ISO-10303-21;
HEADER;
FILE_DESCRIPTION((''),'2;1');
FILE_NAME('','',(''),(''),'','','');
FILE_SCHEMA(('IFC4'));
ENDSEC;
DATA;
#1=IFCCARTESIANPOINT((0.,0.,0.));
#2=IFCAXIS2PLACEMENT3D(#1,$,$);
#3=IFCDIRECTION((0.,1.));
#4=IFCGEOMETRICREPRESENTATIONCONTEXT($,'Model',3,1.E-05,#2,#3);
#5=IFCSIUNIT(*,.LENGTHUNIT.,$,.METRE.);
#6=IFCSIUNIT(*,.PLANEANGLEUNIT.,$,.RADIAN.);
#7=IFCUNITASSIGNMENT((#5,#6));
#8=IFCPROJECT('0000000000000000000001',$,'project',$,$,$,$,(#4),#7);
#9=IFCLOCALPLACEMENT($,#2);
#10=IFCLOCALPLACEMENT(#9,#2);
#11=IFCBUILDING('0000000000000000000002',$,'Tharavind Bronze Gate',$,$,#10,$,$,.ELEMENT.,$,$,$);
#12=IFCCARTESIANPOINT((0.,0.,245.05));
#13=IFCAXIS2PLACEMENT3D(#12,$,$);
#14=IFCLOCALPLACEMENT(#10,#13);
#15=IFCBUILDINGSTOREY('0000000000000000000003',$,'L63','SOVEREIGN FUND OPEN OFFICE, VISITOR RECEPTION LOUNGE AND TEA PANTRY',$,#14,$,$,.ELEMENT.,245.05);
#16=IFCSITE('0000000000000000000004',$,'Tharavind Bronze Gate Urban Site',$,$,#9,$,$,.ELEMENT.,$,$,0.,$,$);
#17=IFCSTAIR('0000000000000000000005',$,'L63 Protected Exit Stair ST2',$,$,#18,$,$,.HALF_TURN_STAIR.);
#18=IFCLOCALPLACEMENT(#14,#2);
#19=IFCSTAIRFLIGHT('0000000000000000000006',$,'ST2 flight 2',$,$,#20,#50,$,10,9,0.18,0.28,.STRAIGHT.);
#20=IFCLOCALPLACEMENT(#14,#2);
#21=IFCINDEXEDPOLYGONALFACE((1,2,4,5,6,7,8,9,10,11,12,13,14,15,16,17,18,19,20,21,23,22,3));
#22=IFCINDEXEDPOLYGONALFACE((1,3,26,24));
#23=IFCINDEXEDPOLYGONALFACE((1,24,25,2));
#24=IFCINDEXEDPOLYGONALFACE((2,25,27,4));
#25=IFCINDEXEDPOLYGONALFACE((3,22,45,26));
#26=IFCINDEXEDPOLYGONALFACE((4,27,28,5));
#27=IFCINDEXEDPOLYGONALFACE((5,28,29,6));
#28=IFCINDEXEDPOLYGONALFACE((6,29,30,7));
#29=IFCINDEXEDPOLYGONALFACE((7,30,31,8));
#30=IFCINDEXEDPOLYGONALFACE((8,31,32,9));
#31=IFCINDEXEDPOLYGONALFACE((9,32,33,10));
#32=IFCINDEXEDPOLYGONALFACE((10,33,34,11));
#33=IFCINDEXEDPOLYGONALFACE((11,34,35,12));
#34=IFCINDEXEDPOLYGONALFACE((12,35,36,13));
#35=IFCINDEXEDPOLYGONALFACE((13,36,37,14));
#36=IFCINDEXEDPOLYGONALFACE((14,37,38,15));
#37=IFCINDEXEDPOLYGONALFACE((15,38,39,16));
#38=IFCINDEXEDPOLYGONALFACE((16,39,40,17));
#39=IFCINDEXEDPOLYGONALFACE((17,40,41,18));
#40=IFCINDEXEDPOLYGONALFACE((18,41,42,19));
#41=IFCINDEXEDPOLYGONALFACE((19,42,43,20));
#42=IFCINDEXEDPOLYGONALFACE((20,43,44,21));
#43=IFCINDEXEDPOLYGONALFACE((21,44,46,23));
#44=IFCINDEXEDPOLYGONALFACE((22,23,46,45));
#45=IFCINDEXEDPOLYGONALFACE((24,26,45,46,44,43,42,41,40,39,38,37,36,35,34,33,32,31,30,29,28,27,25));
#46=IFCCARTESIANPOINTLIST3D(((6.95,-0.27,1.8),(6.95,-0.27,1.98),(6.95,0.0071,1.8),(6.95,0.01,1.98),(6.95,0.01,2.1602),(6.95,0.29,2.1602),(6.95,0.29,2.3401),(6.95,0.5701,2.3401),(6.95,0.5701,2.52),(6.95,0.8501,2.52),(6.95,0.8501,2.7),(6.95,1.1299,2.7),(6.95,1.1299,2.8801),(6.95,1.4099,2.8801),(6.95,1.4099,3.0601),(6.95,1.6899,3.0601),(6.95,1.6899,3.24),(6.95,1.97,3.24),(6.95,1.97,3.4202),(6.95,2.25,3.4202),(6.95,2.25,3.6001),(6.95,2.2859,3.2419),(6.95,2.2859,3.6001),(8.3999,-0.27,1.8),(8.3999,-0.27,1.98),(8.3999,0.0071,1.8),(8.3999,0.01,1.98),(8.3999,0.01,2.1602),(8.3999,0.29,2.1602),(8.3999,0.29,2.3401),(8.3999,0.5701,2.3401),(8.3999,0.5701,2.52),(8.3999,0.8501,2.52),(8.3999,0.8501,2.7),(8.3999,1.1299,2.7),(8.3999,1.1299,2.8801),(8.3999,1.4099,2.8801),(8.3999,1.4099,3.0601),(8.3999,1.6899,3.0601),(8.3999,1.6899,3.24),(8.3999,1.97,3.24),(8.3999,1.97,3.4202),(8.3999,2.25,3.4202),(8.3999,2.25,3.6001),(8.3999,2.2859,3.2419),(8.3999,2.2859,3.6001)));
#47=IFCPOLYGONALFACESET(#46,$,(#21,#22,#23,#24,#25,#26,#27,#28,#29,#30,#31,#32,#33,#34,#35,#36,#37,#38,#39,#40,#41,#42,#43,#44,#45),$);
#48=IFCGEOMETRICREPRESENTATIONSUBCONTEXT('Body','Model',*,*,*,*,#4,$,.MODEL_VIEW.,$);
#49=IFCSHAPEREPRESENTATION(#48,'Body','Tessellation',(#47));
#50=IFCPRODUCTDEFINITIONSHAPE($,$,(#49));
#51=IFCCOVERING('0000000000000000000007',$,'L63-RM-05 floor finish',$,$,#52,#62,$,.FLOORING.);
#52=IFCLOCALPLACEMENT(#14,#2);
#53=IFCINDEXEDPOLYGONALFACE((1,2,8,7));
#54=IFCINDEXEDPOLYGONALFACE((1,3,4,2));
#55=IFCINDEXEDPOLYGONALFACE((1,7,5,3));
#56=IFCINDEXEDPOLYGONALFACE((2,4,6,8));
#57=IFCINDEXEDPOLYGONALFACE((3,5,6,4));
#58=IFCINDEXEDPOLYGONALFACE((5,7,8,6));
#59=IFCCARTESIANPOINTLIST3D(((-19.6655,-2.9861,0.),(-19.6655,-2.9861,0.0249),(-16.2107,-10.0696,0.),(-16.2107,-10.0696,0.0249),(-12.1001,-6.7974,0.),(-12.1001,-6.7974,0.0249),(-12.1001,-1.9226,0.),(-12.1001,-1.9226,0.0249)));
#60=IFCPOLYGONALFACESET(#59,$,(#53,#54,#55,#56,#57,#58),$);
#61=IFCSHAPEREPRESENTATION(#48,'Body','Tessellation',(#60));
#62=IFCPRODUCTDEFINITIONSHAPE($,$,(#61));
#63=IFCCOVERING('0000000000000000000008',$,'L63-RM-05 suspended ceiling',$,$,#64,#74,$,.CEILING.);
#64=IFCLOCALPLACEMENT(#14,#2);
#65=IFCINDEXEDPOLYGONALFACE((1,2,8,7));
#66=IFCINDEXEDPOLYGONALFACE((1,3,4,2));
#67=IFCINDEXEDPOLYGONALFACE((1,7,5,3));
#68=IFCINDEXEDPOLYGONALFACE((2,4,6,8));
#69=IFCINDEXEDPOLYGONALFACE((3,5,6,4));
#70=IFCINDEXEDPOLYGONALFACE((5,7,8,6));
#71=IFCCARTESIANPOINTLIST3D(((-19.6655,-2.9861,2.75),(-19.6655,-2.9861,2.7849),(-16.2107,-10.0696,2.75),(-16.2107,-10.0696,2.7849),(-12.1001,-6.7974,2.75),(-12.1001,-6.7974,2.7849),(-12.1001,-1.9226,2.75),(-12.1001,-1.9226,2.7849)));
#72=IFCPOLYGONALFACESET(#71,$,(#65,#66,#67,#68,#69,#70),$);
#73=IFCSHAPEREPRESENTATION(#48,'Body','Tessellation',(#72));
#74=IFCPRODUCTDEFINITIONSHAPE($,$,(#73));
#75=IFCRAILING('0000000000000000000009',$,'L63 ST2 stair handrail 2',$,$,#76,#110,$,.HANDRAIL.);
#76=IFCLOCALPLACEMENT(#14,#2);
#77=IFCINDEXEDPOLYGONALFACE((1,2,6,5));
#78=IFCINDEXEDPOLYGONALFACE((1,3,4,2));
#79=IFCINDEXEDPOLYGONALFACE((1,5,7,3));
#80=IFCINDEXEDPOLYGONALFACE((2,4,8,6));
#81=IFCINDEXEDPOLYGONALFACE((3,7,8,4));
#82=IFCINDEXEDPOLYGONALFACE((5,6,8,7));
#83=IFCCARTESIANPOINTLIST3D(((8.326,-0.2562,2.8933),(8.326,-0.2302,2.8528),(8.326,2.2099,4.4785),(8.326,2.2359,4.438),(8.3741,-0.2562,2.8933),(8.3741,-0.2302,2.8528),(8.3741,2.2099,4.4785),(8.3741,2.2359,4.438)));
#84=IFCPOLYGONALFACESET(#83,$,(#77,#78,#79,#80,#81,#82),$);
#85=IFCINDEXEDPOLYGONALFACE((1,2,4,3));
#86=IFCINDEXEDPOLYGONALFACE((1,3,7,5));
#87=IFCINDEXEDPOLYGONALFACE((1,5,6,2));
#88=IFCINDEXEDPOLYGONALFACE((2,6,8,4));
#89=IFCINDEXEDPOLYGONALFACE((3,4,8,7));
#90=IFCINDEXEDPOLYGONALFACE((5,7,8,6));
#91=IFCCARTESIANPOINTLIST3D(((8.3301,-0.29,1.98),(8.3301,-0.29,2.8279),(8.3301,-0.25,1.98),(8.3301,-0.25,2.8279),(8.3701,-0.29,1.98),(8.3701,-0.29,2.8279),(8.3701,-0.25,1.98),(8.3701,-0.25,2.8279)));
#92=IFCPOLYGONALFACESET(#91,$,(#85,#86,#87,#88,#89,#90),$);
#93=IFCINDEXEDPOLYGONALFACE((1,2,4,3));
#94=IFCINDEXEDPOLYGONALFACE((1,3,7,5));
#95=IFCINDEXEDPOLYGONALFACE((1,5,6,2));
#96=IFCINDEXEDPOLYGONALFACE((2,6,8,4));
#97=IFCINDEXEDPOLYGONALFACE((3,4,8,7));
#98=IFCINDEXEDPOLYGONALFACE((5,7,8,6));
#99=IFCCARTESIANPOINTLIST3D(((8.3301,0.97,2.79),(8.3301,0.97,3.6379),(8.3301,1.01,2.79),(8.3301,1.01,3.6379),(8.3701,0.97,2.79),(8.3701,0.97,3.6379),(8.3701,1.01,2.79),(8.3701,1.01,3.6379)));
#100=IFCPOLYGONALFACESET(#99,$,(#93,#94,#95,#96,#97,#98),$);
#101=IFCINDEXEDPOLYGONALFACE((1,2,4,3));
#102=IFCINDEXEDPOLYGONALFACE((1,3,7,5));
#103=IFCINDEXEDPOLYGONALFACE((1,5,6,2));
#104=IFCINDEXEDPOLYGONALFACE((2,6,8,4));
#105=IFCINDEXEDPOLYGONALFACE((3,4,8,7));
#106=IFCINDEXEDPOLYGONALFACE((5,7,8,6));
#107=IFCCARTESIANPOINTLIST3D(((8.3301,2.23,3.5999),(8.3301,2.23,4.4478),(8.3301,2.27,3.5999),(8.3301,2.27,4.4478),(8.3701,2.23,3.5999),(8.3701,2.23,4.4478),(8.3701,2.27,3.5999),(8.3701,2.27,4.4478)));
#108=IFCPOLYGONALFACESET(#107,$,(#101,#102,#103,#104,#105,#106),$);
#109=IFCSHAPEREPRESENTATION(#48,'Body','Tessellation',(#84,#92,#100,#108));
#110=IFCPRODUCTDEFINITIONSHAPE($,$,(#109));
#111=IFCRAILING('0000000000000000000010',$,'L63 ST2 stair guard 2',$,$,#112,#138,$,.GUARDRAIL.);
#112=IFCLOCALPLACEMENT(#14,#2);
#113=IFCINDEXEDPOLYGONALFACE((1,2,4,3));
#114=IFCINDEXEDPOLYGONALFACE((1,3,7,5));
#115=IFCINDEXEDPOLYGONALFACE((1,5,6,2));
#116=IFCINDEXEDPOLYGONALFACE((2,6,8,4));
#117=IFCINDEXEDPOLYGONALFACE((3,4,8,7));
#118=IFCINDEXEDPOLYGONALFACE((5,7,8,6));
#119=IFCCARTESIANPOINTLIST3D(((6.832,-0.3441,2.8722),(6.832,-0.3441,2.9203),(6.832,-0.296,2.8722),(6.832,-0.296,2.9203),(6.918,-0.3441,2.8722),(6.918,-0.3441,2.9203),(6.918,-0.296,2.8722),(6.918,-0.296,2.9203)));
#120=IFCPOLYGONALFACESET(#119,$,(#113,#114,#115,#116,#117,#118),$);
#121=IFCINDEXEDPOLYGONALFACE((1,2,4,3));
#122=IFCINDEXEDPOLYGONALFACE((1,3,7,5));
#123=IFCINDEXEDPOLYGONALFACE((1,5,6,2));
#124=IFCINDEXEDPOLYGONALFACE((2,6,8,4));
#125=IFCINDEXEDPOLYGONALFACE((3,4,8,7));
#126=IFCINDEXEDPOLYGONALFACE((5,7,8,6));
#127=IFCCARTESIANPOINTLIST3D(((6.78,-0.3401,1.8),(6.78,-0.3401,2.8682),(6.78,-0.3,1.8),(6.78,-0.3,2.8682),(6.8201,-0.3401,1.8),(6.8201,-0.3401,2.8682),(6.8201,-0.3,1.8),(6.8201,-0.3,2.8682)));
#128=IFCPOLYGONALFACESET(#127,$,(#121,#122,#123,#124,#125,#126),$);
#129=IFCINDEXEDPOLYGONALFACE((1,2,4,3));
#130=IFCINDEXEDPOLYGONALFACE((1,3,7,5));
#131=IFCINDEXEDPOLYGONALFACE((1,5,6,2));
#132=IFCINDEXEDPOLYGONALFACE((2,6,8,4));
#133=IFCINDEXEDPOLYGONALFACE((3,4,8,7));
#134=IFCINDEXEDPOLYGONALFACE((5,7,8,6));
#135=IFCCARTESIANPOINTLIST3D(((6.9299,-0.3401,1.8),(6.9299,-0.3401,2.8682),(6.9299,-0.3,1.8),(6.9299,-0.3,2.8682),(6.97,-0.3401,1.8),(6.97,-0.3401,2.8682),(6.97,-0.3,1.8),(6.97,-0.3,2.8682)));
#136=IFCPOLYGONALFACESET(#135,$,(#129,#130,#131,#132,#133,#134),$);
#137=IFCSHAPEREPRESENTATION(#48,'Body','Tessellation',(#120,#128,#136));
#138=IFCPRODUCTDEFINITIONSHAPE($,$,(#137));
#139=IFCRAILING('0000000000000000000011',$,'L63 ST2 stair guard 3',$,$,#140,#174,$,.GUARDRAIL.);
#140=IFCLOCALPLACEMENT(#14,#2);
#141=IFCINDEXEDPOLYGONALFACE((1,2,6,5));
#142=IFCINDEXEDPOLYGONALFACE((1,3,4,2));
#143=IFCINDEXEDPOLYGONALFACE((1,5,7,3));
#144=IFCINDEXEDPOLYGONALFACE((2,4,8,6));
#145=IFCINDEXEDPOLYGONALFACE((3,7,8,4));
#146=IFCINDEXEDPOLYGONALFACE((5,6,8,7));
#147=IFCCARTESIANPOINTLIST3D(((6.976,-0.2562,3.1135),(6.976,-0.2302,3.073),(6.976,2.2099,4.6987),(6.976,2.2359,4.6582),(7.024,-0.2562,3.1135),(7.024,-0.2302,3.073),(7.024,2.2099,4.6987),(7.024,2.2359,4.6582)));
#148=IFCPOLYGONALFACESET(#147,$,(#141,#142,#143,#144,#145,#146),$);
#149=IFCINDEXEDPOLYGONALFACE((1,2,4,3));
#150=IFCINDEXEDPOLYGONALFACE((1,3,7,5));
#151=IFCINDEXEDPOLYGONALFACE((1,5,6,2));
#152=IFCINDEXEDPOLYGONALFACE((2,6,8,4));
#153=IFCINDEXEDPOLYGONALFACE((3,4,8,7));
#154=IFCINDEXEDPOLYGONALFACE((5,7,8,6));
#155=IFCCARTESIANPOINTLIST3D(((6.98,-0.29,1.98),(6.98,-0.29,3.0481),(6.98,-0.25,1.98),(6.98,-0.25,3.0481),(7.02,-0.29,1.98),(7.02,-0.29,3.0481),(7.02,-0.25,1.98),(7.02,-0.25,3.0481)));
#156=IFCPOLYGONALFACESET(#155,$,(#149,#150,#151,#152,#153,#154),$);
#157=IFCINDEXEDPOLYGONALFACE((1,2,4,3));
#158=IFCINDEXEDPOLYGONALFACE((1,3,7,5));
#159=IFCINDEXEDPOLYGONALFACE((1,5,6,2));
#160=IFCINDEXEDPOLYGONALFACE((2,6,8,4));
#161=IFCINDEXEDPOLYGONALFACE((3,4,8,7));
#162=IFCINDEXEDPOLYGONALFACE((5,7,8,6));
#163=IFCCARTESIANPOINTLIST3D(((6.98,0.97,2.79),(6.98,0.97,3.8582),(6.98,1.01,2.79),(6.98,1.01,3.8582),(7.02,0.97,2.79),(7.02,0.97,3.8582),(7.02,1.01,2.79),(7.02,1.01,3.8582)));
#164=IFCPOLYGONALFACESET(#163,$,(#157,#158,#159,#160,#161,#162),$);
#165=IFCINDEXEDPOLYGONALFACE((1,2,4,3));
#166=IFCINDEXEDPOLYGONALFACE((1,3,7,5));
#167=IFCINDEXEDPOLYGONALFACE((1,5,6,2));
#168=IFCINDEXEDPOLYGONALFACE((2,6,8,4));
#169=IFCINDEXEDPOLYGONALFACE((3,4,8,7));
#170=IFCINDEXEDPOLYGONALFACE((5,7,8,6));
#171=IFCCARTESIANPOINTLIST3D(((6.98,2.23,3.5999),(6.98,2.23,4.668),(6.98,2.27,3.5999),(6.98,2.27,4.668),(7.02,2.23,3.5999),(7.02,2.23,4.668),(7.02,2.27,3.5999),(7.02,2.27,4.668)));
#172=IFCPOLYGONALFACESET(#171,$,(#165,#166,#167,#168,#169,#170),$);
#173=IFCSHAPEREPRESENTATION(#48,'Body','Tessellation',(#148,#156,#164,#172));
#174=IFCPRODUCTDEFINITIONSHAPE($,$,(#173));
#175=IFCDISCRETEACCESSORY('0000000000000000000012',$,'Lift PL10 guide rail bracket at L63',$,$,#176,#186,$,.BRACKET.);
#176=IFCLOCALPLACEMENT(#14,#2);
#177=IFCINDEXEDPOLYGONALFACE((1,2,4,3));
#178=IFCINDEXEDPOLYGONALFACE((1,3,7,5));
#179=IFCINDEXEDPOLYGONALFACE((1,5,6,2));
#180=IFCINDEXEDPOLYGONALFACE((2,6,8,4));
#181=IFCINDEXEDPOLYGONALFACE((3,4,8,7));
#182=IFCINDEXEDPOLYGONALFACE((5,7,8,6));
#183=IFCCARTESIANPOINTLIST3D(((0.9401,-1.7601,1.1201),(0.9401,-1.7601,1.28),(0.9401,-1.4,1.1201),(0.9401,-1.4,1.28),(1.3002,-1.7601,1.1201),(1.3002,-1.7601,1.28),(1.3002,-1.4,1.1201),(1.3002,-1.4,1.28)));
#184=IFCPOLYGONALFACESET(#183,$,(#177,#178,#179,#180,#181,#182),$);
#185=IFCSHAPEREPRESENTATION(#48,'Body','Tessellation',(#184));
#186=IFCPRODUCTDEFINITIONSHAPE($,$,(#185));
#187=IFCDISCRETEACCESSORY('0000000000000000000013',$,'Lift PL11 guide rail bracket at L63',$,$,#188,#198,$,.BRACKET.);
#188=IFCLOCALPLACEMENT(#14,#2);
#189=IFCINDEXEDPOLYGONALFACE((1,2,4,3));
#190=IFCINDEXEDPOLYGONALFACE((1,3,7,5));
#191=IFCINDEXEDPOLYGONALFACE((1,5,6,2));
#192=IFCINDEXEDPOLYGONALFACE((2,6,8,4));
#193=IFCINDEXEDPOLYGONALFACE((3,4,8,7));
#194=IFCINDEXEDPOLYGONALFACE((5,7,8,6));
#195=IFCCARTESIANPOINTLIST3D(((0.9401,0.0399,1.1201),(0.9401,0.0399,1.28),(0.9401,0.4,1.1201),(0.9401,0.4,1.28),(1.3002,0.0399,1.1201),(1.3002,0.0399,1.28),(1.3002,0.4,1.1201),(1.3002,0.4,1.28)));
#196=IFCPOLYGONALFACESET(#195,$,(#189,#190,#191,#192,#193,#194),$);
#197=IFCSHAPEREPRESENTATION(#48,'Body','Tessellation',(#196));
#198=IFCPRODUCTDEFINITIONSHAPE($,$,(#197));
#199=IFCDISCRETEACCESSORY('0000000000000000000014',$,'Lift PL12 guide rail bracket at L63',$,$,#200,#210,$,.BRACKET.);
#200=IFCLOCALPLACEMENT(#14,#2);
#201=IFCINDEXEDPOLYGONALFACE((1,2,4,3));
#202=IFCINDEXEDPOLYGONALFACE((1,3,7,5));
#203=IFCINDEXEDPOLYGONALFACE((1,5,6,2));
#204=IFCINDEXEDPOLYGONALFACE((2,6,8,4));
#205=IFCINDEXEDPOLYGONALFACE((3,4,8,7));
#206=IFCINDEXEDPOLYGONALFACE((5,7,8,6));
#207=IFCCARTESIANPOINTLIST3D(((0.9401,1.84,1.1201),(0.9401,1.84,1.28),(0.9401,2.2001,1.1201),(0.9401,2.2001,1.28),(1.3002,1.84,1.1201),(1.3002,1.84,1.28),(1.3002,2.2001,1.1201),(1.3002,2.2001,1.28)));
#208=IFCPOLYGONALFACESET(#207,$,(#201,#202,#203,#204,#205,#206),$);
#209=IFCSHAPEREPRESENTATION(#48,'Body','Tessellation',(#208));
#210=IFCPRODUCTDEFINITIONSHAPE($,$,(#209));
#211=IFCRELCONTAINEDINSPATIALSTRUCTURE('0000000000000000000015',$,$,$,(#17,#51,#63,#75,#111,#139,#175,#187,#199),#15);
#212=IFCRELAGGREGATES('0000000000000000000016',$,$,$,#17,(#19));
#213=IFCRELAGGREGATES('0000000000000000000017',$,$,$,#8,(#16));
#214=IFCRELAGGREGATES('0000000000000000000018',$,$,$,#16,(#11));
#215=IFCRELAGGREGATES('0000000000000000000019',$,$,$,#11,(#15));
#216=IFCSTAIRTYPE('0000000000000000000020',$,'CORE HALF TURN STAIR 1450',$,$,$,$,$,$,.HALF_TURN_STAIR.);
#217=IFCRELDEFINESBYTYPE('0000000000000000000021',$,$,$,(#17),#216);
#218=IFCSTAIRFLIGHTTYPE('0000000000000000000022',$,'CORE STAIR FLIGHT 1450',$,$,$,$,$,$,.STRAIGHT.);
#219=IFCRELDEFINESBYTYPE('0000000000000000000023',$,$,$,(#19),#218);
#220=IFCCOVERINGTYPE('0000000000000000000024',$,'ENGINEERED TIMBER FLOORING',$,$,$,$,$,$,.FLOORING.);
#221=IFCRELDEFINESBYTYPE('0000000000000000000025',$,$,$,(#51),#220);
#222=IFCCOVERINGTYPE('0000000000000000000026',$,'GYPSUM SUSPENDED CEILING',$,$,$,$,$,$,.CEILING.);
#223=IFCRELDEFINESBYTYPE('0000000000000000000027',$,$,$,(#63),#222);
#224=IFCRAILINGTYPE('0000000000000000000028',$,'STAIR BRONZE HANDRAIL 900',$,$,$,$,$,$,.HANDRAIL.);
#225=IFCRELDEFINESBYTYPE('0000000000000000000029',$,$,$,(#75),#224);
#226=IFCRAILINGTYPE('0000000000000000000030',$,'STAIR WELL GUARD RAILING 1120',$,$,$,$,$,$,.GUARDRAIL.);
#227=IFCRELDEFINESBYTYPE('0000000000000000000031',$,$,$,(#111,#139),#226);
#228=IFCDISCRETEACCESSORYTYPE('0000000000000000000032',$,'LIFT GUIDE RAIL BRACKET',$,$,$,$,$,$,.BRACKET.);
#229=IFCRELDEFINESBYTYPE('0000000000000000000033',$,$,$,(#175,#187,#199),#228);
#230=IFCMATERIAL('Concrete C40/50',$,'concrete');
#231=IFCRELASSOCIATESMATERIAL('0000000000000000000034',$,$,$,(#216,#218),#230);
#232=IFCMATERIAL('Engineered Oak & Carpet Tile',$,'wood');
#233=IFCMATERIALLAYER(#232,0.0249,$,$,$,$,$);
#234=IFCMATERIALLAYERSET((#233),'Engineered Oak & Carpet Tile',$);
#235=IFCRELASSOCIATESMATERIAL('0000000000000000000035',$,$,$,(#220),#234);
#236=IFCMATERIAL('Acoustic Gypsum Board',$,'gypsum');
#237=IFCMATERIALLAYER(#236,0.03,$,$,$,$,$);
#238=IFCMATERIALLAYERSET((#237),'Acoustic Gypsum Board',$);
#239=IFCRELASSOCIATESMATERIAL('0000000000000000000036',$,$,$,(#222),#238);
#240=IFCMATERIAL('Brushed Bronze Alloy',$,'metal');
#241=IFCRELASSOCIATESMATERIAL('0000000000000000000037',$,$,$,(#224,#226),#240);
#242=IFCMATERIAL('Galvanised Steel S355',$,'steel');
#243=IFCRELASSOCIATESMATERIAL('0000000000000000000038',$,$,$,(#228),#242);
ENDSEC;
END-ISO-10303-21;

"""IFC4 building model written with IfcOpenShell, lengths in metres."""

from ifc_helpers import new_model, si_unit, direction, frame, origin, origin_2d, place, context, subcontext, project, spatial, polyline, rectangle, outline, extrude, material, layer, layer_set, type_object, element, aggregate, save


model = new_model("IFC4")

# Units and contexts
model_context = context("Model", 3, precision=1e-05, world=origin(), true_north=direction((0.0, 1.0)))
body_context = subcontext(model_context, "Body", "Model", "MODEL_VIEW")
ifc_project = project(units=[si_unit("LENGTHUNIT", "METRE"), si_unit("PLANEANGLEUNIT", "RADIAN")], contexts=[model_context])

# Site, building, storey
site_placement = place(None, origin())
site = spatial("IfcSite", under=ifc_project, at=site_placement, Name="Tharavind Bronze Gate Urban Site", CompositionType="ELEMENT", RefElevation=0.0)
building_placement = place(site_placement, origin())
building = spatial("IfcBuilding", under=site, at=building_placement, Name="Tharavind Bronze Gate", CompositionType="ELEMENT")
storey_placement = place(building_placement, frame((0.0, 0.0, 245.05)))
storey = spatial("IfcBuildingStorey", under=building, at=storey_placement, Name="L63", Description="SOVEREIGN FUND OPEN OFFICE, VISITOR RECEPTION LOUNGE AND TEA PANTRY", CompositionType="ELEMENT", Elevation=245.05)

# Shared definitions
ifc_material_1 = material(Name="Concrete C40/50", Category="concrete")

# Stair, stair flight
stair_type = type_object("IfcStairType", Name="CORE HALF TURN STAIR 1450", PredefinedType="HALF_TURN_STAIR", material=ifc_material_1)
stair_placement = place(storey_placement, origin())
stair = element("IfcStair", 1, at=stair_placement, inside=storey, type_object=stair_type, Name="L63 Protected Exit Stair ST2", PredefinedType="HALF_TURN_STAIR")
stair_flight_type = type_object("IfcStairFlightType", Name="CORE STAIR FLIGHT 1450", PredefinedType="STRAIGHT", material=ifc_material_1)
stair_flight_placement = place(storey_placement, frame((7.675, -0.27, 1.8), z_axis=(0.0, 0.0, 1.0), x_axis=(0.0, 1.0, 0.0)))
stair_flight = element("IfcStairFlight", 2, at=stair_flight_placement, type_object=stair_flight_type, Name="ST2 flight 2", NumberOfRisers=10, NumberOfTreads=9, PredefinedType="STRAIGHT", RiserHeight=0.18, TreadLength=0.28, context=body_context, shape_type="SweptSolid", body=[
    extrude(outline(polyline([(0.0, 0.0), (0.0, 0.1799), (0.28, 0.1799), (0.28, 0.3601), (0.5601, 0.3601), (0.5601, 0.54), (0.8401, 0.54), (0.8401, 0.72), (1.1201, 0.72), (1.1201, 0.8999), (1.3999, 0.8999), (1.3999, 1.0801), (1.6799, 1.0801), (1.6799, 1.26), (1.96, 1.26), (1.96, 1.4399), (2.24, 1.4399), (2.24, 1.6201), (2.52, 1.6201), (2.52, 1.8), (2.5559, 1.8), (2.5559, 1.4419), (0.2771, 0.0), (0.0, 0.0)])), frame((0.0, 0.7251, 0.0), z_axis=(0.0, -1.0, 0.0), x_axis=(1.0, 0.0, 0.0)), (0.0, 0.0, 1.0), 1.45),
])
aggregate(stair, [stair_flight])

# Coverings
ifc_material_2 = material(Name="Engineered Oak & Carpet Tile", Category="wood")
ifc_layer_1 = layer(ifc_material_2, 0.0249)
ifc_layer_set_1 = layer_set([ifc_layer_1], Name="Engineered Oak & Carpet Tile")
covering_type_1 = type_object("IfcCoveringType", Name="ENGINEERED TIMBER FLOORING", PredefinedType="FLOORING", material=ifc_layer_set_1)
covering_1_placement = place(storey_placement, origin())
element("IfcCovering", 3, at=covering_1_placement, inside=storey, type_object=covering_type_1, Name="L63-RM-05 floor finish", PredefinedType="FLOORING", context=body_context, shape_type="SweptSolid", body=[
    extrude(outline(polyline([(-16.2107, -10.0696), (-12.1001, -6.7974), (-12.1001, -1.9226), (-19.6655, -2.9861), (-16.2107, -10.0696)])), origin(), (0.0, 0.0, 1.0), 0.0249),
])
ifc_material_3 = material(Name="Acoustic Gypsum Board", Category="gypsum")
ifc_layer_2 = layer(ifc_material_3, 0.03)
ifc_layer_set_2 = layer_set([ifc_layer_2], Name="Acoustic Gypsum Board")
covering_type_2 = type_object("IfcCoveringType", Name="GYPSUM SUSPENDED CEILING", PredefinedType="CEILING", material=ifc_layer_set_2)
covering_2_placement = place(storey_placement, frame((0.0, 0.0, 2.75)))
element("IfcCovering", 4, at=covering_2_placement, inside=storey, type_object=covering_type_2, Name="L63-RM-05 suspended ceiling", PredefinedType="CEILING", context=body_context, shape_type="SweptSolid", body=[
    extrude(outline(polyline([(-16.2107, -10.0696), (-12.1001, -6.7974), (-12.1001, -1.9226), (-19.6655, -2.9861), (-16.2107, -10.0696)])), origin(), (0.0, 0.0, 1.0), 0.0349),
])

# Railings
ifc_material_4 = material(Name="Brushed Bronze Alloy", Category="metal")
railing_type_1 = type_object("IfcRailingType", Name="STAIR BRONZE HANDRAIL 900", PredefinedType="HANDRAIL", material=ifc_material_4)
railing_1_placement = place(storey_placement, frame((8.3501, -0.27, 1.98)))
element("IfcRailing", 5, at=railing_1_placement, inside=storey, type_object=railing_type_1, Name="L63 ST2 stair handrail 2", PredefinedType="HANDRAIL", context=body_context, shape_type="SweptSolid", body=[
    extrude(rectangle(XDim=0.0481, YDim=0.0481, at=origin_2d()), frame((0.0, 0.0269, 0.8931), z_axis=(0.0, 0.8412, 0.540725), x_axis=(-1.0, 0.0, 0.0)), (0.0, 0.0, 1.0), 2.9316),
    extrude(rectangle(XDim=0.04, YDim=0.04, at=origin_2d()), origin(), (0.0, 0.0, 1.0), 0.8479),
    extrude(rectangle(XDim=0.04, YDim=0.04, at=origin_2d()), frame((0.0, 1.26, 0.8101)), (0.0, 0.0, 1.0), 0.8479),
    extrude(rectangle(XDim=0.04, YDim=0.04, at=origin_2d()), frame((0.0, 2.52, 1.6199)), (0.0, 0.0, 1.0), 0.8479),
])
railing_type_2 = type_object("IfcRailingType", Name="STAIR WELL GUARD RAILING 1120", PredefinedType="GUARDRAIL", material=ifc_material_4)
railing_2_placement = place(storey_placement, frame((6.8, -0.3201, 1.8)))
element("IfcRailing", 6, at=railing_2_placement, inside=storey, type_object=railing_type_2, Name="L63 ST2 stair guard 2", PredefinedType="GUARDRAIL", context=body_context, shape_type="SweptSolid", body=[
    extrude(rectangle(XDim=0.0481, YDim=0.0481, at=origin_2d()), frame((0.032, 0.0, 1.0962), z_axis=(1.0, 0.0, 0.0), x_axis=(0.0, 1.0, 0.0)), (0.0, 0.0, 1.0), 0.0859),
    extrude(rectangle(XDim=0.04, YDim=0.04, at=origin_2d()), origin(), (0.0, 0.0, 1.0), 1.0681),
    extrude(rectangle(XDim=0.04, YDim=0.04, at=origin_2d()), frame((0.1499, 0.0, 0.0)), (0.0, 0.0, 1.0), 1.0681),
])
railing_3_placement = place(storey_placement, frame((7.0, -0.27, 1.98)))
element("IfcRailing", 7, at=railing_3_placement, inside=storey, type_object=railing_type_2, Name="L63 ST2 stair guard 3", PredefinedType="GUARDRAIL", context=body_context, shape_type="SweptSolid", body=[
    extrude(rectangle(XDim=0.0481, YDim=0.0481, at=origin_2d()), frame((0.0, 0.0269, 1.1133), z_axis=(0.0, 0.8412, 0.540725), x_axis=(-1.0, 0.0, 0.0)), (0.0, 0.0, 1.0), 2.9316),
    extrude(rectangle(XDim=0.04, YDim=0.04, at=origin_2d()), origin(), (0.0, 0.0, 1.0), 1.0681),
    extrude(rectangle(XDim=0.04, YDim=0.04, at=origin_2d()), frame((0.0, 1.26, 0.8101)), (0.0, 0.0, 1.0), 1.0681),
    extrude(rectangle(XDim=0.04, YDim=0.04, at=origin_2d()), frame((0.0, 2.52, 1.6199)), (0.0, 0.0, 1.0), 1.0681),
])

# Discrete accessories
ifc_material_5 = material(Name="Galvanised Steel S355", Category="steel")
discrete_accessory_type = type_object("IfcDiscreteAccessoryType", Name="LIFT GUIDE RAIL BRACKET", PredefinedType="BRACKET", material=ifc_material_5)
for number, where, z_axis, x_axis, name in (
    (8, (1.1201, -1.5801, 1.1201), (0.0, 0.0, 1.0), (1.0, 0.0, 0.0), "Lift PL10 guide rail bracket at L63"),
    (9, (1.1201, 0.22, 1.1201), (0.0, 0.0, 1.0), (1.0, 0.0, 0.0), "Lift PL11 guide rail bracket at L63"),
    (10, (1.1201, 2.02, 1.1201), (0.0, 0.0, 1.0), (1.0, 0.0, 0.0), "Lift PL12 guide rail bracket at L63"),
):
    element("IfcDiscreteAccessory", number, at=place(storey_placement, frame(where, z_axis=z_axis, x_axis=x_axis)), inside=storey, type_object=discrete_accessory_type, Name=name, PredefinedType="BRACKET", context=body_context, shape_type="SweptSolid", body=[
        extrude(rectangle(XDim=0.3601, YDim=0.3601, at=origin_2d()), origin(), (0.0, 0.0, 1.0), 0.1599),
    ])

save(model, "model.ifc")
